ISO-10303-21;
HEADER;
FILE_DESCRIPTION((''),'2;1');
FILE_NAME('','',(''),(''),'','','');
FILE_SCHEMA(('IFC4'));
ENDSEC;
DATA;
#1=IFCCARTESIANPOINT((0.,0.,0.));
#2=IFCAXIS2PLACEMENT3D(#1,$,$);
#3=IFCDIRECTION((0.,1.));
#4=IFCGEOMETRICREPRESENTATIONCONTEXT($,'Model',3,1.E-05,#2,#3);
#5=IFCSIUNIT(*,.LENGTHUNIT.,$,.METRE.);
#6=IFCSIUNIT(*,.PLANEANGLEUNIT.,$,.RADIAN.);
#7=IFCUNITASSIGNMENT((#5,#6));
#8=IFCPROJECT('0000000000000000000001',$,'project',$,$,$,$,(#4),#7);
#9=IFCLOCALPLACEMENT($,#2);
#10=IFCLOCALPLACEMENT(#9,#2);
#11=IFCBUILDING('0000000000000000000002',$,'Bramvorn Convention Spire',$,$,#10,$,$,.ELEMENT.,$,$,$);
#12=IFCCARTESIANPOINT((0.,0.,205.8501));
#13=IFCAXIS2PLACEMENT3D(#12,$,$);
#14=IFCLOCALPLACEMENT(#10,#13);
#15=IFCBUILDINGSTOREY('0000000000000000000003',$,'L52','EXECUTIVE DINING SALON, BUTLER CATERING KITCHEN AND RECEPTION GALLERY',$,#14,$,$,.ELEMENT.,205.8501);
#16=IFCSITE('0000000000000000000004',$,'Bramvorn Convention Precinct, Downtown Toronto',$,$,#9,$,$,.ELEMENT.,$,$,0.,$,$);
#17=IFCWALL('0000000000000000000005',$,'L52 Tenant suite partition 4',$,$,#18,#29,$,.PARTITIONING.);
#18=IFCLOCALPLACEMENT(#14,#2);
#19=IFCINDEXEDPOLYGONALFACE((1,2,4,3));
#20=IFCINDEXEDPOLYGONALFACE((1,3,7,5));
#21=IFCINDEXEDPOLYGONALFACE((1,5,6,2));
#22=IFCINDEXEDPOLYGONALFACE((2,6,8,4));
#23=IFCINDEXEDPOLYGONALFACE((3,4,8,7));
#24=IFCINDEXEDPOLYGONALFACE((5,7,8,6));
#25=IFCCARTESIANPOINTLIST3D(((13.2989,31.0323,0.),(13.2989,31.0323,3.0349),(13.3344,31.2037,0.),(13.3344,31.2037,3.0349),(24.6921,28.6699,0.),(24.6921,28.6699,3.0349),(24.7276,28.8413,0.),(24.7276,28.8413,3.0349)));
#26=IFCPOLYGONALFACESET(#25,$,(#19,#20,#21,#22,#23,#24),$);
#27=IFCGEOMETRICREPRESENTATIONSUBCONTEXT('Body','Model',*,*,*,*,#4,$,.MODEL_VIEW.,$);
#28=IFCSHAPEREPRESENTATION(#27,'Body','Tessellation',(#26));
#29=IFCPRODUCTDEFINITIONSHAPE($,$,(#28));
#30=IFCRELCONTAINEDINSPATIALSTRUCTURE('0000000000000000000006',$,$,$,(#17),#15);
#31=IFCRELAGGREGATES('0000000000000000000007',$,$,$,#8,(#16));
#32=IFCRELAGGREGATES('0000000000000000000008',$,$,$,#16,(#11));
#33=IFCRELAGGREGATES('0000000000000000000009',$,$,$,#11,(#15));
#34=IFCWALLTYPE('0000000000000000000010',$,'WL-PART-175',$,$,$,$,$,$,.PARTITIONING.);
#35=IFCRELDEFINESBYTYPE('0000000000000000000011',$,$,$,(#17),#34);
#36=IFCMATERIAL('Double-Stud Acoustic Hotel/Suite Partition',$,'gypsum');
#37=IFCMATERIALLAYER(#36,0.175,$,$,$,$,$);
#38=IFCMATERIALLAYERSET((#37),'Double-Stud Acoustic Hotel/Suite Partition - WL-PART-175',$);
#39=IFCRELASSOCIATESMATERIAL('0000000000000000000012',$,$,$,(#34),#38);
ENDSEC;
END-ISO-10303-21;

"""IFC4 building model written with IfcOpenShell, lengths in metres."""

from ifc_helpers import new_model, si_unit, direction, frame, frame_2d, origin, place, context, subcontext, project, spatial, rectangle, extrude, material, layer, layer_set, type_object, element, save


model = new_model("IFC4")

# Units and contexts
model_context = context("Model", 3, precision=1e-05, world=origin(), true_north=direction((0.0, 1.0)))
body_context = subcontext(model_context, "Body", "Model", "MODEL_VIEW")
ifc_project = project(units=[si_unit("LENGTHUNIT", "METRE"), si_unit("PLANEANGLEUNIT", "RADIAN")], contexts=[model_context])

# Site, building, storey
site_placement = place(None, origin())
site = spatial("IfcSite", under=ifc_project, at=site_placement, Name="Bramvorn Convention Precinct, Downtown Toronto", CompositionType="ELEMENT", RefElevation=0.0)
building_placement = place(site_placement, origin())
building = spatial("IfcBuilding", under=site, at=building_placement, Name="Bramvorn Convention Spire", CompositionType="ELEMENT")
storey_placement = place(building_placement, frame((0.0, 0.0, 205.8501)))
storey = spatial("IfcBuildingStorey", under=building, at=storey_placement, Name="L52", Description="EXECUTIVE DINING SALON, BUTLER CATERING KITCHEN AND RECEPTION GALLERY", CompositionType="ELEMENT", Elevation=205.8501)

# Wall
ifc_material_1 = material(Name="Double-Stud Acoustic Hotel/Suite Partition", Category="gypsum")
ifc_layer_1 = layer(ifc_material_1, 0.175)
ifc_layer_set_1 = layer_set([ifc_layer_1], Name="Double-Stud Acoustic Hotel/Suite Partition - WL-PART-175")
wall_type_1 = type_object("IfcWallType", Name="WL-PART-175", PredefinedType="PARTITIONING", material=ifc_layer_set_1)
wall_1_placement = place(storey_placement, frame((24.71, 28.7556, 0.0), z_axis=(0.0, 0.0, 1.0), x_axis=(-0.979173, 0.203027, 0.0)))
element("IfcWall", 1, at=wall_1_placement, inside=storey, type_object=wall_type_1, Name="L52 Tenant suite partition 4", PredefinedType="PARTITIONING", context=body_context, shape_type="SweptSolid", body=[
    extrude(rectangle(XDim=11.6355, YDim=0.175, at=frame_2d((5.8179, 0.0))), origin(), (0.0, 0.0, 1.0), 3.0349),
])

save(model, "model.ifc")
